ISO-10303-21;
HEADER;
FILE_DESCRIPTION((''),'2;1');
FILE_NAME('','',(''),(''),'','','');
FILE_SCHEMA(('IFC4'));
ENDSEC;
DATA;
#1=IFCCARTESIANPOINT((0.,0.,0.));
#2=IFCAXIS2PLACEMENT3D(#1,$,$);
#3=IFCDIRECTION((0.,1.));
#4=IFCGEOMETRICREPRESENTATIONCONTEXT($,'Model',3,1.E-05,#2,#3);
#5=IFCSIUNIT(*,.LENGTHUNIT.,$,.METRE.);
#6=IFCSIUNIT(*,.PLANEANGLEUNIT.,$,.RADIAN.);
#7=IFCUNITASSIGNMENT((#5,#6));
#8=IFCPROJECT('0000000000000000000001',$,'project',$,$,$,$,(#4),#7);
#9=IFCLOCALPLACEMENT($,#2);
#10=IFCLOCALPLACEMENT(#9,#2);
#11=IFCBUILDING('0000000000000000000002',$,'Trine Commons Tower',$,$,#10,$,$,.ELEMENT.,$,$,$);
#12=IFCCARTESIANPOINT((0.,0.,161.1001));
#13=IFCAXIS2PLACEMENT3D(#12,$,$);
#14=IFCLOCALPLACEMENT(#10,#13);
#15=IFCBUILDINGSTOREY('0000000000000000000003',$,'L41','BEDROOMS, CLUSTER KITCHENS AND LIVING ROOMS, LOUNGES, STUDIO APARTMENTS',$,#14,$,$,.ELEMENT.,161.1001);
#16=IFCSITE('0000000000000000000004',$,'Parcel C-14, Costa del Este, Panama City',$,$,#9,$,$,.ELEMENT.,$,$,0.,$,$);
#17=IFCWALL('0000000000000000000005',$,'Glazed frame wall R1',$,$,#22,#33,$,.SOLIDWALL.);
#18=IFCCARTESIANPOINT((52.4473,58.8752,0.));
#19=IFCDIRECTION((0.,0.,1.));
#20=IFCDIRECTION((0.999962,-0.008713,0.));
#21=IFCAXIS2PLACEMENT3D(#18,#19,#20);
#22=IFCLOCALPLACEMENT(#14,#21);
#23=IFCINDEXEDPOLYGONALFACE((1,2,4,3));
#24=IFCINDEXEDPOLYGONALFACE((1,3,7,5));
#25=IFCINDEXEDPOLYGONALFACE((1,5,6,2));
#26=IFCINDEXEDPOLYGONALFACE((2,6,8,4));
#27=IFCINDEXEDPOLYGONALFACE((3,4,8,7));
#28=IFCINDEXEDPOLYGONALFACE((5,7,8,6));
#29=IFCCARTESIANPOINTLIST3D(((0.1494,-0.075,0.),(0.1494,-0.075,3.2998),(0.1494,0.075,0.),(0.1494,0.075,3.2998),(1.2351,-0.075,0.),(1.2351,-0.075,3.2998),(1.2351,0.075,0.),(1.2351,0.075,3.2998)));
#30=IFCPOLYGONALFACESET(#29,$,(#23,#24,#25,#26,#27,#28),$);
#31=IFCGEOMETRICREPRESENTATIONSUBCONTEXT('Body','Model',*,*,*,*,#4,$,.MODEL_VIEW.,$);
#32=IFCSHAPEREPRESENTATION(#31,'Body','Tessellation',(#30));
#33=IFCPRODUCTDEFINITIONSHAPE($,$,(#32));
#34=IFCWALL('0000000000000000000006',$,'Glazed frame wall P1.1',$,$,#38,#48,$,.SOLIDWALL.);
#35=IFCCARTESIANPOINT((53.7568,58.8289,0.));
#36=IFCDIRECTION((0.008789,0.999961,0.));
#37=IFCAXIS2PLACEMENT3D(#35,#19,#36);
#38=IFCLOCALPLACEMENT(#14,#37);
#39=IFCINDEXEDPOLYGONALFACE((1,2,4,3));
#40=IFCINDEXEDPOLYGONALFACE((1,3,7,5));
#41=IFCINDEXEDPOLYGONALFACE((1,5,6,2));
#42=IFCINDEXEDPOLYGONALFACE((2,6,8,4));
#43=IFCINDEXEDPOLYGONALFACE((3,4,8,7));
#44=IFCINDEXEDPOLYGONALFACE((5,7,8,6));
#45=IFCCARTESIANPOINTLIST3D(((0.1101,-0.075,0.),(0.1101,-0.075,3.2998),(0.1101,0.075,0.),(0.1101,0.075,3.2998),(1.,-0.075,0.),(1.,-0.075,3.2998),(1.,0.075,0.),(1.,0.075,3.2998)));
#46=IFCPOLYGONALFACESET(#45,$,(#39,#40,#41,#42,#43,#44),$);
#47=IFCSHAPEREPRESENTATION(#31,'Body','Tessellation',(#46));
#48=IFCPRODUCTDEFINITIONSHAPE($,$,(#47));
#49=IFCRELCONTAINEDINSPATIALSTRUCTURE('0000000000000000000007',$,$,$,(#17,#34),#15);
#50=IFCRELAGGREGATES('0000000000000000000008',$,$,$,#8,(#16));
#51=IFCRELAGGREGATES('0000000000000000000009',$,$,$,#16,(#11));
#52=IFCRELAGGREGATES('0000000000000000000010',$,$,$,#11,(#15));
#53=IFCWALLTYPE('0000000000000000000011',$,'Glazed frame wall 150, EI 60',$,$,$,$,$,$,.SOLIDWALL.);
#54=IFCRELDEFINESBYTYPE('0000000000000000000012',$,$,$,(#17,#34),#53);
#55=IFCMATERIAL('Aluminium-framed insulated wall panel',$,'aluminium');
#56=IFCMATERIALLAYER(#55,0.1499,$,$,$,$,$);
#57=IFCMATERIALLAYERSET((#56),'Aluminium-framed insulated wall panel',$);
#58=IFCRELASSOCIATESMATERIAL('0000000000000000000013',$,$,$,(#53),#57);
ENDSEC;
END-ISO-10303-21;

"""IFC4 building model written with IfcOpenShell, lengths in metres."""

from ifc_helpers import new_model, si_unit, direction, frame, origin, place, context, subcontext, project, spatial, polyline, outline, extrude, material, layer, layer_set, type_object, element, save


model = new_model("IFC4")

# Units and contexts
model_context = context("Model", 3, precision=1e-05, world=origin(), true_north=direction((0.0, 1.0)))
body_context = subcontext(model_context, "Body", "Model", "MODEL_VIEW")
ifc_project = project(units=[si_unit("LENGTHUNIT", "METRE"), si_unit("PLANEANGLEUNIT", "RADIAN")], contexts=[model_context])

# Site, building, storey
site_placement = place(None, origin())
site = spatial("IfcSite", under=ifc_project, at=site_placement, Name="Parcel C-14, Costa del Este, Panama City", CompositionType="ELEMENT", RefElevation=0.0)
building_placement = place(site_placement, origin())
building = spatial("IfcBuilding", under=site, at=building_placement, Name="Trine Commons Tower", CompositionType="ELEMENT")
storey_placement = place(building_placement, frame((0.0, 0.0, 161.1001)))
storey = spatial("IfcBuildingStorey", under=building, at=storey_placement, Name="L41", Description="BEDROOMS, CLUSTER KITCHENS AND LIVING ROOMS, LOUNGES, STUDIO APARTMENTS", CompositionType="ELEMENT", Elevation=161.1001)

# Walls
ifc_material_1 = material(Name="Aluminium-framed insulated wall panel", Category="aluminium")
ifc_layer_1 = layer(ifc_material_1, 0.1499)
ifc_layer_set_1 = layer_set([ifc_layer_1], Name="Aluminium-framed insulated wall panel")
wall_type_1 = type_object("IfcWallType", Name="Glazed frame wall 150, EI 60", PredefinedType="SOLIDWALL", material=ifc_layer_set_1)
wall_1_placement = place(storey_placement, frame((52.4473, 58.8752, 0.0), z_axis=(0.0, 0.0, 1.0), x_axis=(0.999962, -0.008713, 0.0)))
element("IfcWall", 1, at=wall_1_placement, inside=storey, type_object=wall_type_1, Name="Glazed frame wall R1", PredefinedType="SOLIDWALL", context=body_context, shape_type="SweptSolid", body=[
    extrude(outline(polyline([(0.1494, 0.075), (0.1494, -0.075), (1.2351, -0.075), (1.2351, 0.075), (0.1494, 0.075)])), origin(), (0.0, 0.0, 1.0), 3.2998),
])
wall_2_placement = place(storey_placement, frame((53.7568, 58.8289, 0.0), z_axis=(0.0, 0.0, 1.0), x_axis=(0.008789, 0.999961, 0.0)))
element("IfcWall", 2, at=wall_2_placement, inside=storey, type_object=wall_type_1, Name="Glazed frame wall P1.1", PredefinedType="SOLIDWALL", context=body_context, shape_type="SweptSolid", body=[
    extrude(outline(polyline([(0.1101, -0.075), (1.0, -0.075), (1.0, 0.075), (0.1101, 0.075), (0.1101, -0.075)])), origin(), (0.0, 0.0, 1.0), 3.2998),
])

save(model, "model.ifc")
